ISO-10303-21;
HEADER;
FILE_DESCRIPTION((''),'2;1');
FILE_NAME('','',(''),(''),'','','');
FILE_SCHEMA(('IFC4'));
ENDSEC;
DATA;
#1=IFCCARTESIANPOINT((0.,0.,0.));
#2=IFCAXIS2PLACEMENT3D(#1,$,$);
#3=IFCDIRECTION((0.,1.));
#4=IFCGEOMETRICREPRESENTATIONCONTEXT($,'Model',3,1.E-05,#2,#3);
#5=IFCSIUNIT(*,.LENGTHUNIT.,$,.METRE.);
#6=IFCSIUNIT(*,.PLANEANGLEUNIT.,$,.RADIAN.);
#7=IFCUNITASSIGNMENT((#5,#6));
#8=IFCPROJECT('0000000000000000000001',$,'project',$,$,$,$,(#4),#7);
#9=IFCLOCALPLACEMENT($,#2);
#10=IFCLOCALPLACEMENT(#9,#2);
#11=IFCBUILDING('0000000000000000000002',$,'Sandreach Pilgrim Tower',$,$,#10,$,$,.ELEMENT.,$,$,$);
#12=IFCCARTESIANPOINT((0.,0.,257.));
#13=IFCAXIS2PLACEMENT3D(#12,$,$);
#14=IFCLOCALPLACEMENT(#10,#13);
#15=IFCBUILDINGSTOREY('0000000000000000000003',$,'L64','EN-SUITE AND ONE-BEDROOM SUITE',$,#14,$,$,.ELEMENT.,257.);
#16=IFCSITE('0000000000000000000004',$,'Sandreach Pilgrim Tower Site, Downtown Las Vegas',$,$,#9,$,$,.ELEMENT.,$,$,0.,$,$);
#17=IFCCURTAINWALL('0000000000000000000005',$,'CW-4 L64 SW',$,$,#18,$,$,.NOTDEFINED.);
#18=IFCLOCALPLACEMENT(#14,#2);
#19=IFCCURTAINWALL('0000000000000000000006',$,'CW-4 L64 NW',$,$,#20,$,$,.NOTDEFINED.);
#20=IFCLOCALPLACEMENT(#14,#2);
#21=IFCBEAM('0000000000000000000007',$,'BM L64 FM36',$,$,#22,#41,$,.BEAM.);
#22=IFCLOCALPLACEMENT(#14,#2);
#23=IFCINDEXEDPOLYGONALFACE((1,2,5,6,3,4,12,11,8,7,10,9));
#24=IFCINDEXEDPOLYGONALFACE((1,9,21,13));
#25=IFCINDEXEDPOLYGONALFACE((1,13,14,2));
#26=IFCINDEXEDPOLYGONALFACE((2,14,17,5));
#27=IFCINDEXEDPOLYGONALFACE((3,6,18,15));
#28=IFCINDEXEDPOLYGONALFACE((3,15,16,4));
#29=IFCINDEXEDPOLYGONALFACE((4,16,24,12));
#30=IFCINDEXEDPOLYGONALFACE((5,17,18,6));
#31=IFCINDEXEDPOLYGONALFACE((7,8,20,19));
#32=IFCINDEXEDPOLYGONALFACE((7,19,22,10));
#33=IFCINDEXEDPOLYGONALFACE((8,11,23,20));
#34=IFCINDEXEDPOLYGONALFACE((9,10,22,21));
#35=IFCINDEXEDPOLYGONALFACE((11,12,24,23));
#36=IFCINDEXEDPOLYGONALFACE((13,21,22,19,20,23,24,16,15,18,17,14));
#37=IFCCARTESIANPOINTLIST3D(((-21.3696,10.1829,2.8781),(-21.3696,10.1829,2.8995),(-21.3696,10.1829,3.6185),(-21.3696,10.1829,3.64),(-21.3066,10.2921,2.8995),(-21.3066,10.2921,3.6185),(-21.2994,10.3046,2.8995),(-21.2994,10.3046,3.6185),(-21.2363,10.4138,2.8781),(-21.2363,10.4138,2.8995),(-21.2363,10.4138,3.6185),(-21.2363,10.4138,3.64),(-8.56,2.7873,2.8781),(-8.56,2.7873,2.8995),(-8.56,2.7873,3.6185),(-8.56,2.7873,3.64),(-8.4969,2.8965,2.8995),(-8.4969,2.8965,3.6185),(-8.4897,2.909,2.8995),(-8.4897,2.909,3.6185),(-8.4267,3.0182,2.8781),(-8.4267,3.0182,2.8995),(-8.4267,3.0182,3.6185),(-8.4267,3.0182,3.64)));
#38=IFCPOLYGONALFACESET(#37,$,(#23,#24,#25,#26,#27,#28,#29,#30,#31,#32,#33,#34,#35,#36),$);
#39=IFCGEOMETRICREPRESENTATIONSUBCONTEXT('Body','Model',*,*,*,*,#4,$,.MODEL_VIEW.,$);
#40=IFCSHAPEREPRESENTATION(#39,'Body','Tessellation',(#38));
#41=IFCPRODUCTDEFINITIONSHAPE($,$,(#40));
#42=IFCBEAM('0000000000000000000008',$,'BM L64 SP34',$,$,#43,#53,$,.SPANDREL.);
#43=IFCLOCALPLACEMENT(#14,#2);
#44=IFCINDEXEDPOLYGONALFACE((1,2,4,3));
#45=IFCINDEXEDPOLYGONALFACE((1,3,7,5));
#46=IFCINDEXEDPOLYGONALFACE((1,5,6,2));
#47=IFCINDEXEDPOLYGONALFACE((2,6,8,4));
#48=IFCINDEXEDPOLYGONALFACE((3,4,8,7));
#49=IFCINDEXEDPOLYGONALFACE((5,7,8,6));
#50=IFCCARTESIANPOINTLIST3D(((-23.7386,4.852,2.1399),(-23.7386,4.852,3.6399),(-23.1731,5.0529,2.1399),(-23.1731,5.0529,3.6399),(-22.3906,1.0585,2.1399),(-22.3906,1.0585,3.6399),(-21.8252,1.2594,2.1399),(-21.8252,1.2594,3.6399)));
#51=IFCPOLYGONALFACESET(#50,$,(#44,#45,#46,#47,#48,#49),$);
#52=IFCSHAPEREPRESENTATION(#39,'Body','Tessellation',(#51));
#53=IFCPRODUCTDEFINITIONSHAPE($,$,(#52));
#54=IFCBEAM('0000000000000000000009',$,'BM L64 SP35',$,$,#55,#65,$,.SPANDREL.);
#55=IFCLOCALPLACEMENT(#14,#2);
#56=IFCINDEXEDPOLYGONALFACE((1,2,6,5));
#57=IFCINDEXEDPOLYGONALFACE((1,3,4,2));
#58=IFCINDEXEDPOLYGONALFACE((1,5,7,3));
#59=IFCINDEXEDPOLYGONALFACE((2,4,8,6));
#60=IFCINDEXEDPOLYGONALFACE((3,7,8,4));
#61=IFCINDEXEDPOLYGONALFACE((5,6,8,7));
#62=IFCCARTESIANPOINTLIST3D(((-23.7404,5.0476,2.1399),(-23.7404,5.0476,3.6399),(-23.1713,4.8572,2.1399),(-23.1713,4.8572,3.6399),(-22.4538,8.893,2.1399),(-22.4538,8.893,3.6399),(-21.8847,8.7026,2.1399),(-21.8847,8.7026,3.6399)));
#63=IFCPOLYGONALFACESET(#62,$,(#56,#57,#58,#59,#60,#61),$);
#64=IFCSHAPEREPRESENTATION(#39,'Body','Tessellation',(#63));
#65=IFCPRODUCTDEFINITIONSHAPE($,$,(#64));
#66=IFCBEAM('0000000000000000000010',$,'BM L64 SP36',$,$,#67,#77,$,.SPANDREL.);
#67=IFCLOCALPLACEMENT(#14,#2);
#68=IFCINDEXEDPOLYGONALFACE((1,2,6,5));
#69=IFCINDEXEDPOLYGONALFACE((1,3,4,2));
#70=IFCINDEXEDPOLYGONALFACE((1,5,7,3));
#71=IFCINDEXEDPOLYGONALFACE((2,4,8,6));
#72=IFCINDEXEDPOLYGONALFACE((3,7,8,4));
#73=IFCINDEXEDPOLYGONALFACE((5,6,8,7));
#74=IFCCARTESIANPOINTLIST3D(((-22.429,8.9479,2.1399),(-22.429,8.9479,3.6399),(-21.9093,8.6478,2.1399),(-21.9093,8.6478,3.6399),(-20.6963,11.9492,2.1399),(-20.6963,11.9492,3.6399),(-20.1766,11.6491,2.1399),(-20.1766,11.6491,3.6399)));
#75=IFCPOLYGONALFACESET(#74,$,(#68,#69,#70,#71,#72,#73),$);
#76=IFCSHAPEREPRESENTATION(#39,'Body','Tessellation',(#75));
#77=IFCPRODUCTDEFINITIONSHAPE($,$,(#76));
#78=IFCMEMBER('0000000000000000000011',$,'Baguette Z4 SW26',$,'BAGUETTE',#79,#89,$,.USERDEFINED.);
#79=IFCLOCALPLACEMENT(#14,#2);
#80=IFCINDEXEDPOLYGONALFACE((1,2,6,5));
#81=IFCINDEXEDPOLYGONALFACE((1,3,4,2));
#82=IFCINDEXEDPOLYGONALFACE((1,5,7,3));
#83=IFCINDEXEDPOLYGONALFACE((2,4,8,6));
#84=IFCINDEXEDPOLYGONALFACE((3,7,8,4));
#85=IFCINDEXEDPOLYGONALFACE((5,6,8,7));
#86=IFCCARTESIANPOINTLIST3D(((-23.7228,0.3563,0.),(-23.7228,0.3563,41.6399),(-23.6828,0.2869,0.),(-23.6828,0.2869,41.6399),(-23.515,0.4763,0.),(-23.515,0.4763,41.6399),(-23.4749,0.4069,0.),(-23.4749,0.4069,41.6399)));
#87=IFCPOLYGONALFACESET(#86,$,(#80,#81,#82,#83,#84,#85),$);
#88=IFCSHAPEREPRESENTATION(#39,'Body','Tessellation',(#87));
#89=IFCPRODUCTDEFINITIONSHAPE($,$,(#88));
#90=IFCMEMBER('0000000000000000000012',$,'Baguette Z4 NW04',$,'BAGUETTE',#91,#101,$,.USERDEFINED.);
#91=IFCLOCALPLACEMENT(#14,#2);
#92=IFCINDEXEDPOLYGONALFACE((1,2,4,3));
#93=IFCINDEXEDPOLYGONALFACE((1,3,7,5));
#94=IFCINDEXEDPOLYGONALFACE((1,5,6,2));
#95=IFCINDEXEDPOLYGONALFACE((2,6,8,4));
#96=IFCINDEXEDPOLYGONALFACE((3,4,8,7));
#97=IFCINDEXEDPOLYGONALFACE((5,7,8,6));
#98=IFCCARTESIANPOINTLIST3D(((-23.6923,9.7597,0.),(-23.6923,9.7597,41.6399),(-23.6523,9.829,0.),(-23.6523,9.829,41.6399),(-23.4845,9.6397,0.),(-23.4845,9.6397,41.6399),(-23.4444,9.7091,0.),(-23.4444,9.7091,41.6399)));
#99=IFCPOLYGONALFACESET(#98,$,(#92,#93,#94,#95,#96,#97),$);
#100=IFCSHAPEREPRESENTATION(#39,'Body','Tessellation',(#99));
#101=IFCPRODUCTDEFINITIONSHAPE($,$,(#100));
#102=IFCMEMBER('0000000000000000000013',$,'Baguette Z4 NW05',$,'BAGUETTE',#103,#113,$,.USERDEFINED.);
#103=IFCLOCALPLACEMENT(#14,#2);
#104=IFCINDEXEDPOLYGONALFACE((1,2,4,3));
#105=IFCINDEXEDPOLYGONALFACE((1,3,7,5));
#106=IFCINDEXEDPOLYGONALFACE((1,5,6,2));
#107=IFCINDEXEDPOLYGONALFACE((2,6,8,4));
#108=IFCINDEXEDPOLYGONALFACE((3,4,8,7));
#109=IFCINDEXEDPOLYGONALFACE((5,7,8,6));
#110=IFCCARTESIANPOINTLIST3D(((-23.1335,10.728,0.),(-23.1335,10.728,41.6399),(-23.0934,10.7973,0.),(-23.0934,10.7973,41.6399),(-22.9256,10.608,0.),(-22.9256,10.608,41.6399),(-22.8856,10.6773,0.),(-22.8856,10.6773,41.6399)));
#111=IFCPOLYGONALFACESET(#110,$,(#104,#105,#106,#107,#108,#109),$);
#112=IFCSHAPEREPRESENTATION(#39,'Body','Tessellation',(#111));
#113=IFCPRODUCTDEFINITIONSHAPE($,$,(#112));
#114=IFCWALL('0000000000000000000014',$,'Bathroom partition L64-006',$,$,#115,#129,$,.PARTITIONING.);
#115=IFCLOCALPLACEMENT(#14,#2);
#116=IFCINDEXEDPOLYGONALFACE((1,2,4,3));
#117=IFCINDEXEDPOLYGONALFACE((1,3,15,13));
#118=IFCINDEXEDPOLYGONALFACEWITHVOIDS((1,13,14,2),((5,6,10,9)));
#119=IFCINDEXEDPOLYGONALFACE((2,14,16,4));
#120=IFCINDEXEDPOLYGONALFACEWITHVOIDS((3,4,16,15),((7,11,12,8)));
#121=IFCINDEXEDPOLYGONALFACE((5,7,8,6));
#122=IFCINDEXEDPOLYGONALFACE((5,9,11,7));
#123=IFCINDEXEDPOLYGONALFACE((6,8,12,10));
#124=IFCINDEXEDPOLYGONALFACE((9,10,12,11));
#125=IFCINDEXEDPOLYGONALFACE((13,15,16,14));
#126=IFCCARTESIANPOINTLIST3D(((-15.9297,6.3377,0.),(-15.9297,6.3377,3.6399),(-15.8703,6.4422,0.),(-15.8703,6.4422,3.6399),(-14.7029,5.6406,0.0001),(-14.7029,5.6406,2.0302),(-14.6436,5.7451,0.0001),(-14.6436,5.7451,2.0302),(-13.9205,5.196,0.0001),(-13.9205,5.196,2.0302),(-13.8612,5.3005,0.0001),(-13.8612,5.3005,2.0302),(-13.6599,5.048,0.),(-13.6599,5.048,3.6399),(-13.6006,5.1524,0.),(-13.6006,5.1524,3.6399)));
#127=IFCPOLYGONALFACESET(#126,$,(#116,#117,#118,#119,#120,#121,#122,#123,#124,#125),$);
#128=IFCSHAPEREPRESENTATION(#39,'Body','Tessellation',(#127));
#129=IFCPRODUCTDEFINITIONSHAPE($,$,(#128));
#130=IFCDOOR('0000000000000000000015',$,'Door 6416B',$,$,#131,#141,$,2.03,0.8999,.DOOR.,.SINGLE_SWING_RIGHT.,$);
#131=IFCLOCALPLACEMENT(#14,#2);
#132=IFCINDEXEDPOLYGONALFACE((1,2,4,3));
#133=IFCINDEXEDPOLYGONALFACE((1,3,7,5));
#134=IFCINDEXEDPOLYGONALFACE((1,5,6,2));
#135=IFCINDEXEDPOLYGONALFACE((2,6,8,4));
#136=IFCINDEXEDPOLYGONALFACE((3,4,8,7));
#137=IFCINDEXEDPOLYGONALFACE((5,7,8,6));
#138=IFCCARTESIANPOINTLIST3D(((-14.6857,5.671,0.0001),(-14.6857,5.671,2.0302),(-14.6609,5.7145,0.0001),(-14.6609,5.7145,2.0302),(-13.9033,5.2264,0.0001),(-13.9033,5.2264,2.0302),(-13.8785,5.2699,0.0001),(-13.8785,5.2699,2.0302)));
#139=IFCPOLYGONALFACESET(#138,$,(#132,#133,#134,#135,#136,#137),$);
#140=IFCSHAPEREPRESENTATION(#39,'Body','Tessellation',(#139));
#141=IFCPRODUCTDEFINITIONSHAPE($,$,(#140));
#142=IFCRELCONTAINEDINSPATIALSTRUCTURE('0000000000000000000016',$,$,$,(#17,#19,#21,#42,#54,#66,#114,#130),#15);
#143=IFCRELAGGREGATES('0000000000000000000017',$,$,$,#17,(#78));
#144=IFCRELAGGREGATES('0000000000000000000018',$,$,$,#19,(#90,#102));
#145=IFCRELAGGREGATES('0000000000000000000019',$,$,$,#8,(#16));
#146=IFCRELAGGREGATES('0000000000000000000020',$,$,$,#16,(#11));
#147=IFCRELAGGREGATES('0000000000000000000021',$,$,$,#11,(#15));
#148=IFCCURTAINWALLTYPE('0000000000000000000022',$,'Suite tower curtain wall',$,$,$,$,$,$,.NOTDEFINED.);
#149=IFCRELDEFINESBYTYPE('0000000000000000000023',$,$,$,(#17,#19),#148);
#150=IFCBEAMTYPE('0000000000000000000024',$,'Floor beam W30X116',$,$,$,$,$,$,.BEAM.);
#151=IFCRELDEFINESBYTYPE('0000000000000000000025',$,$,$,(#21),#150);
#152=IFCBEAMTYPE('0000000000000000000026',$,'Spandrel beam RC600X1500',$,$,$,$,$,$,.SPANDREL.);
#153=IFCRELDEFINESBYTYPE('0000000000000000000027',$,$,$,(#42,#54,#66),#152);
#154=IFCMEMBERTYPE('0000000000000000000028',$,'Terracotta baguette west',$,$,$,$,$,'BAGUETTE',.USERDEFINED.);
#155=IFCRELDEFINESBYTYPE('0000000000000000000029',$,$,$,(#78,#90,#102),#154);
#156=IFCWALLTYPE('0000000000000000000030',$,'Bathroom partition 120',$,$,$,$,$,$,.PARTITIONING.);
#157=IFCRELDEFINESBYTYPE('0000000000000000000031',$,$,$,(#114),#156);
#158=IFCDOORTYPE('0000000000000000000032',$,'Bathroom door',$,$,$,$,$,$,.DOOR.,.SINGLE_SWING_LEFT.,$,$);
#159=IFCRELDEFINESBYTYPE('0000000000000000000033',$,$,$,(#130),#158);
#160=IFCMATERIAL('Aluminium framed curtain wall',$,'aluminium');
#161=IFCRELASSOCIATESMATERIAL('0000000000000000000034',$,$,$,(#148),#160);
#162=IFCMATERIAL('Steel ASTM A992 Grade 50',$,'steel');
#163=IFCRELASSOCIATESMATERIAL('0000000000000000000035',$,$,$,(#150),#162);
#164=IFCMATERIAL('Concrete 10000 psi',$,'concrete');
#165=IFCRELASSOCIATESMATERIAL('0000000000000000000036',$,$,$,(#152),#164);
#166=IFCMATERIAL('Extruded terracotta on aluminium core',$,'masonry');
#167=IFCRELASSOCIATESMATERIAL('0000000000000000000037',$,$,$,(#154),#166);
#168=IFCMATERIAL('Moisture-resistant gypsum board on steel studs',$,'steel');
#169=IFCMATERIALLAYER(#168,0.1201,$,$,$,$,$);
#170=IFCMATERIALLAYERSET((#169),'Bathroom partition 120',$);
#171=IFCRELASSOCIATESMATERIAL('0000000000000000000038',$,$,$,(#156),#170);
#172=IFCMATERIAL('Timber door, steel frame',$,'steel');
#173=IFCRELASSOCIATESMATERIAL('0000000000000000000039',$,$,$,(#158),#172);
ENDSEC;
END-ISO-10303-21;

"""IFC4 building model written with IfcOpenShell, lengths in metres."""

from ifc_helpers import new_model, si_unit, direction, frame, frame_2d, origin, origin_2d, place, context, subcontext, project, spatial, rectangle, i_section, extrude, material, layer, layer_set, material_profile, profile_set, type_object, element, fill, aggregate, save


model = new_model("IFC4")

# Units and contexts
model_context = context("Model", 3, precision=1e-05, world=origin(), true_north=direction((0.0, 1.0)))
body_context = subcontext(model_context, "Body", "Model", "MODEL_VIEW")
ifc_project = project(units=[si_unit("LENGTHUNIT", "METRE"), si_unit("PLANEANGLEUNIT", "RADIAN")], contexts=[model_context])

# Site, building, storey
site_placement = place(None, origin())
site = spatial("IfcSite", under=ifc_project, at=site_placement, Name="Sandreach Pilgrim Tower Site, Downtown Las Vegas", CompositionType="ELEMENT", RefElevation=0.0)
building_placement = place(site_placement, origin())
building = spatial("IfcBuilding", under=site, at=building_placement, Name="Sandreach Pilgrim Tower", CompositionType="ELEMENT")
storey_placement = place(building_placement, frame((0.0, 0.0, 257.0)))
storey = spatial("IfcBuildingStorey", under=building, at=storey_placement, Name="L64", Description="EN-SUITE AND ONE-BEDROOM SUITE", CompositionType="ELEMENT", Elevation=257.0)

# Curtain walls
ifc_material_1 = material(Name="Aluminium framed curtain wall", Category="aluminium")
curtain_wall_type = type_object("IfcCurtainWallType", Name="Suite tower curtain wall", PredefinedType="NOTDEFINED", material=ifc_material_1)
curtain_wall_1_placement = place(storey_placement, origin())
curtain_wall_1 = element("IfcCurtainWall", 1, at=curtain_wall_1_placement, inside=storey, type_object=curtain_wall_type, Name="CW-4 L64 SW", PredefinedType="NOTDEFINED")
curtain_wall_2_placement = place(storey_placement, origin())
curtain_wall_2 = element("IfcCurtainWall", 2, at=curtain_wall_2_placement, inside=storey, type_object=curtain_wall_type, Name="CW-4 L64 NW", PredefinedType="NOTDEFINED")

# Beams
ifc_material_2 = material(Name="Steel ASTM A992 Grade 50", Category="steel")
ifc_material_profile_1 = material_profile(ifc_material_2, i_section(OverallWidth=0.2666, OverallDepth=0.762, WebThickness=0.0144, FlangeThickness=0.0215, at=origin_2d()), Name="W30X116")
ifc_profile_set_1 = profile_set([ifc_material_profile_1], Name="Steel ASTM A992 Grade 50")
beam_type_1 = type_object("IfcBeamType", Name="Floor beam W30X116", PredefinedType="BEAM", material=ifc_profile_set_1)
beam_1_placement = place(storey_placement, frame((-21.303, 10.2983, 3.259), z_axis=(0.866028, -0.499995, 0.0), x_axis=(0.499995, 0.866028, 0.0)))
element("IfcBeam", 3, at=beam_1_placement, inside=storey, type_object=beam_type_1, Name="BM L64 FM36", PredefinedType="BEAM", context=body_context, shape_type="SweptSolid", body=[
    extrude(i_section(OverallWidth=0.2666, OverallDepth=0.762, WebThickness=0.0144, FlangeThickness=0.0215, at=origin_2d()), origin(), (0.0, 0.0, 1.0), 14.7913),
])
ifc_material_3 = material(Name="Concrete 10000 psi", Category="concrete")
ifc_material_profile_2 = material_profile(ifc_material_3, rectangle(XDim=0.6001, YDim=1.5, at=origin_2d()), Name="RC600X1500")
ifc_profile_set_2 = profile_set([ifc_material_profile_2], Name="Concrete 10000 psi")
beam_type_2 = type_object("IfcBeamType", Name="Spandrel beam RC600X1500", PredefinedType="SPANDREL", material=ifc_profile_set_2)
beam_2_placement = place(storey_placement, frame((-22.1079, 1.1589, 2.8899), z_axis=(-0.334815, 0.942284, 0.0), x_axis=(-0.942284, -0.334815, 0.0)))
element("IfcBeam", 4, at=beam_2_placement, inside=storey, type_object=beam_type_2, Name="BM L64 SP34", PredefinedType="SPANDREL", context=body_context, shape_type="SweptSolid", body=[
    extrude(rectangle(XDim=0.6001, YDim=1.5, at=origin_2d()), origin(), (0.0, 0.0, 1.0), 4.0259),
])
beam_3_placement = place(storey_placement, frame((-23.4558, 4.9524, 2.8899), z_axis=(0.317293, 0.948327, 0.0), x_axis=(-0.948327, 0.317293, 0.0)))
element("IfcBeam", 5, at=beam_3_placement, inside=storey, type_object=beam_type_2, Name="BM L64 SP35", PredefinedType="SPANDREL", context=body_context, shape_type="SweptSolid", body=[
    extrude(rectangle(XDim=0.6001, YDim=1.5, at=origin_2d()), origin(), (0.0, 0.0, 1.0), 4.0549),
])
beam_4_placement = place(storey_placement, frame((-22.1692, 8.7979, 2.8899), z_axis=(0.499981, 0.866037, 0.0), x_axis=(-0.866037, 0.499981, 0.0)))
element("IfcBeam", 6, at=beam_4_placement, inside=storey, type_object=beam_type_2, Name="BM L64 SP36", PredefinedType="SPANDREL", context=body_context, shape_type="SweptSolid", body=[
    extrude(rectangle(XDim=0.6001, YDim=1.5, at=origin_2d()), origin(), (0.0, 0.0, 1.0), 3.4656),
])

# Members
ifc_material_4 = material(Name="Extruded terracotta on aluminium core", Category="masonry")
ifc_material_profile_3 = material_profile(ifc_material_4, rectangle(XDim=0.0801, YDim=0.24, at=origin_2d()), Name="TBW 80X240")
ifc_profile_set_3 = profile_set([ifc_material_profile_3], Name="Extruded terracotta on aluminium core")
member_type_1 = type_object("IfcMemberType", Name="Terracotta baguette west", ElementType="BAGUETTE", PredefinedType="USERDEFINED", material=ifc_profile_set_3)
member_1_placement = place(storey_placement, frame((-23.5989, 0.3816, 0.0), z_axis=(0.0, 0.0, 1.0), x_axis=(-0.5, 0.866025, 0.0)))
member_1 = element("IfcMember", 7, at=member_1_placement, type_object=member_type_1, Name="Baguette Z4 SW26", ObjectType="BAGUETTE", PredefinedType="USERDEFINED", context=body_context, shape_type="SweptSolid", body=[
    extrude(rectangle(XDim=0.0801, YDim=0.24, at=origin_2d()), origin(), (0.0, 0.0, 1.0), 41.6399),
])
aggregate(curtain_wall_1, [member_1])
member_2_placement = place(storey_placement, frame((-23.5684, 9.7344, 0.0), z_axis=(0.0, 0.0, 1.0), x_axis=(0.5, 0.866025, 0.0)))
member_2 = element("IfcMember", 8, at=member_2_placement, type_object=member_type_1, Name="Baguette Z4 NW04", ObjectType="BAGUETTE", PredefinedType="USERDEFINED", context=body_context, shape_type="SweptSolid", body=[
    extrude(rectangle(XDim=0.0801, YDim=0.24, at=origin_2d()), origin(), (0.0, 0.0, 1.0), 41.6399),
])
member_3_placement = place(storey_placement, frame((-23.0095, 10.7026, 0.0), z_axis=(0.0, 0.0, 1.0), x_axis=(0.5, 0.866025, 0.0)))
member_3 = element("IfcMember", 9, at=member_3_placement, type_object=member_type_1, Name="Baguette Z4 NW05", ObjectType="BAGUETTE", PredefinedType="USERDEFINED", context=body_context, shape_type="SweptSolid", body=[
    extrude(rectangle(XDim=0.0801, YDim=0.24, at=origin_2d()), origin(), (0.0, 0.0, 1.0), 41.6399),
])
aggregate(curtain_wall_2, [member_2, member_3])

# Wall, opening, door
ifc_material_5 = material(Name="Moisture-resistant gypsum board on steel studs", Category="steel")
ifc_layer = layer(ifc_material_5, 0.1201)
ifc_layer_set = layer_set([ifc_layer], Name="Bathroom partition 120")
wall_type = type_object("IfcWallType", Name="Bathroom partition 120", PredefinedType="PARTITIONING", material=ifc_layer_set)
wall_placement = place(storey_placement, frame((-15.8999, 6.3899, 0.0), z_axis=(0.0, 0.0, 1.0), x_axis=(0.869432, -0.494053, 0.0)))
wall = element("IfcWall", 10, at=wall_placement, inside=storey, type_object=wall_type, Name="Bathroom partition L64-006", PredefinedType="PARTITIONING", context=body_context, shape_type="SweptSolid", body=[
    extrude(rectangle(XDim=2.6106, YDim=0.1201, at=frame_2d((1.3052, 0.0))), origin(), (0.0, 0.0, 1.0), 3.6399),
])
opening_placement = place(wall_placement, frame((1.4109, 0.0, 0.0)))
opening = element("IfcOpeningElement", 11, at=opening_placement, cuts=wall, PredefinedType="OPENING", context=body_context, shape_type="SweptSolid", body=[
    extrude(rectangle(XDim=0.8999, YDim=2.03, at=frame_2d((0.45, 1.0151))), frame((0.0, 0.0601, 0.0), z_axis=(0.0, -1.0, 0.0), x_axis=(1.0, 0.0, 0.0)), (0.0, 0.0, 1.0), 0.1201),
])
ifc_material_6 = material(Name="Timber door, steel frame", Category="steel")
door_type = type_object("IfcDoorType", Name="Bathroom door", OperationType="SINGLE_SWING_LEFT", PredefinedType="DOOR", material=ifc_material_6)
door_placement = place(opening_placement, origin())
door = element("IfcDoor", 12, at=door_placement, inside=storey, type_object=door_type, Name="Door 6416B", OperationType="SINGLE_SWING_RIGHT", OverallHeight=2.03, OverallWidth=0.8999, PredefinedType="DOOR", context=body_context, shape_type="SweptSolid", body=[
    extrude(rectangle(XDim=0.8999, YDim=2.03, at=frame_2d((0.45, 1.0151))), frame((0.0, 0.0249, 0.0), z_axis=(0.0, -1.0, 0.0), x_axis=(1.0, 0.0, 0.0)), (0.0, 0.0, 1.0), 0.05),
])
fill(opening, door)

save(model, "model.ifc")
